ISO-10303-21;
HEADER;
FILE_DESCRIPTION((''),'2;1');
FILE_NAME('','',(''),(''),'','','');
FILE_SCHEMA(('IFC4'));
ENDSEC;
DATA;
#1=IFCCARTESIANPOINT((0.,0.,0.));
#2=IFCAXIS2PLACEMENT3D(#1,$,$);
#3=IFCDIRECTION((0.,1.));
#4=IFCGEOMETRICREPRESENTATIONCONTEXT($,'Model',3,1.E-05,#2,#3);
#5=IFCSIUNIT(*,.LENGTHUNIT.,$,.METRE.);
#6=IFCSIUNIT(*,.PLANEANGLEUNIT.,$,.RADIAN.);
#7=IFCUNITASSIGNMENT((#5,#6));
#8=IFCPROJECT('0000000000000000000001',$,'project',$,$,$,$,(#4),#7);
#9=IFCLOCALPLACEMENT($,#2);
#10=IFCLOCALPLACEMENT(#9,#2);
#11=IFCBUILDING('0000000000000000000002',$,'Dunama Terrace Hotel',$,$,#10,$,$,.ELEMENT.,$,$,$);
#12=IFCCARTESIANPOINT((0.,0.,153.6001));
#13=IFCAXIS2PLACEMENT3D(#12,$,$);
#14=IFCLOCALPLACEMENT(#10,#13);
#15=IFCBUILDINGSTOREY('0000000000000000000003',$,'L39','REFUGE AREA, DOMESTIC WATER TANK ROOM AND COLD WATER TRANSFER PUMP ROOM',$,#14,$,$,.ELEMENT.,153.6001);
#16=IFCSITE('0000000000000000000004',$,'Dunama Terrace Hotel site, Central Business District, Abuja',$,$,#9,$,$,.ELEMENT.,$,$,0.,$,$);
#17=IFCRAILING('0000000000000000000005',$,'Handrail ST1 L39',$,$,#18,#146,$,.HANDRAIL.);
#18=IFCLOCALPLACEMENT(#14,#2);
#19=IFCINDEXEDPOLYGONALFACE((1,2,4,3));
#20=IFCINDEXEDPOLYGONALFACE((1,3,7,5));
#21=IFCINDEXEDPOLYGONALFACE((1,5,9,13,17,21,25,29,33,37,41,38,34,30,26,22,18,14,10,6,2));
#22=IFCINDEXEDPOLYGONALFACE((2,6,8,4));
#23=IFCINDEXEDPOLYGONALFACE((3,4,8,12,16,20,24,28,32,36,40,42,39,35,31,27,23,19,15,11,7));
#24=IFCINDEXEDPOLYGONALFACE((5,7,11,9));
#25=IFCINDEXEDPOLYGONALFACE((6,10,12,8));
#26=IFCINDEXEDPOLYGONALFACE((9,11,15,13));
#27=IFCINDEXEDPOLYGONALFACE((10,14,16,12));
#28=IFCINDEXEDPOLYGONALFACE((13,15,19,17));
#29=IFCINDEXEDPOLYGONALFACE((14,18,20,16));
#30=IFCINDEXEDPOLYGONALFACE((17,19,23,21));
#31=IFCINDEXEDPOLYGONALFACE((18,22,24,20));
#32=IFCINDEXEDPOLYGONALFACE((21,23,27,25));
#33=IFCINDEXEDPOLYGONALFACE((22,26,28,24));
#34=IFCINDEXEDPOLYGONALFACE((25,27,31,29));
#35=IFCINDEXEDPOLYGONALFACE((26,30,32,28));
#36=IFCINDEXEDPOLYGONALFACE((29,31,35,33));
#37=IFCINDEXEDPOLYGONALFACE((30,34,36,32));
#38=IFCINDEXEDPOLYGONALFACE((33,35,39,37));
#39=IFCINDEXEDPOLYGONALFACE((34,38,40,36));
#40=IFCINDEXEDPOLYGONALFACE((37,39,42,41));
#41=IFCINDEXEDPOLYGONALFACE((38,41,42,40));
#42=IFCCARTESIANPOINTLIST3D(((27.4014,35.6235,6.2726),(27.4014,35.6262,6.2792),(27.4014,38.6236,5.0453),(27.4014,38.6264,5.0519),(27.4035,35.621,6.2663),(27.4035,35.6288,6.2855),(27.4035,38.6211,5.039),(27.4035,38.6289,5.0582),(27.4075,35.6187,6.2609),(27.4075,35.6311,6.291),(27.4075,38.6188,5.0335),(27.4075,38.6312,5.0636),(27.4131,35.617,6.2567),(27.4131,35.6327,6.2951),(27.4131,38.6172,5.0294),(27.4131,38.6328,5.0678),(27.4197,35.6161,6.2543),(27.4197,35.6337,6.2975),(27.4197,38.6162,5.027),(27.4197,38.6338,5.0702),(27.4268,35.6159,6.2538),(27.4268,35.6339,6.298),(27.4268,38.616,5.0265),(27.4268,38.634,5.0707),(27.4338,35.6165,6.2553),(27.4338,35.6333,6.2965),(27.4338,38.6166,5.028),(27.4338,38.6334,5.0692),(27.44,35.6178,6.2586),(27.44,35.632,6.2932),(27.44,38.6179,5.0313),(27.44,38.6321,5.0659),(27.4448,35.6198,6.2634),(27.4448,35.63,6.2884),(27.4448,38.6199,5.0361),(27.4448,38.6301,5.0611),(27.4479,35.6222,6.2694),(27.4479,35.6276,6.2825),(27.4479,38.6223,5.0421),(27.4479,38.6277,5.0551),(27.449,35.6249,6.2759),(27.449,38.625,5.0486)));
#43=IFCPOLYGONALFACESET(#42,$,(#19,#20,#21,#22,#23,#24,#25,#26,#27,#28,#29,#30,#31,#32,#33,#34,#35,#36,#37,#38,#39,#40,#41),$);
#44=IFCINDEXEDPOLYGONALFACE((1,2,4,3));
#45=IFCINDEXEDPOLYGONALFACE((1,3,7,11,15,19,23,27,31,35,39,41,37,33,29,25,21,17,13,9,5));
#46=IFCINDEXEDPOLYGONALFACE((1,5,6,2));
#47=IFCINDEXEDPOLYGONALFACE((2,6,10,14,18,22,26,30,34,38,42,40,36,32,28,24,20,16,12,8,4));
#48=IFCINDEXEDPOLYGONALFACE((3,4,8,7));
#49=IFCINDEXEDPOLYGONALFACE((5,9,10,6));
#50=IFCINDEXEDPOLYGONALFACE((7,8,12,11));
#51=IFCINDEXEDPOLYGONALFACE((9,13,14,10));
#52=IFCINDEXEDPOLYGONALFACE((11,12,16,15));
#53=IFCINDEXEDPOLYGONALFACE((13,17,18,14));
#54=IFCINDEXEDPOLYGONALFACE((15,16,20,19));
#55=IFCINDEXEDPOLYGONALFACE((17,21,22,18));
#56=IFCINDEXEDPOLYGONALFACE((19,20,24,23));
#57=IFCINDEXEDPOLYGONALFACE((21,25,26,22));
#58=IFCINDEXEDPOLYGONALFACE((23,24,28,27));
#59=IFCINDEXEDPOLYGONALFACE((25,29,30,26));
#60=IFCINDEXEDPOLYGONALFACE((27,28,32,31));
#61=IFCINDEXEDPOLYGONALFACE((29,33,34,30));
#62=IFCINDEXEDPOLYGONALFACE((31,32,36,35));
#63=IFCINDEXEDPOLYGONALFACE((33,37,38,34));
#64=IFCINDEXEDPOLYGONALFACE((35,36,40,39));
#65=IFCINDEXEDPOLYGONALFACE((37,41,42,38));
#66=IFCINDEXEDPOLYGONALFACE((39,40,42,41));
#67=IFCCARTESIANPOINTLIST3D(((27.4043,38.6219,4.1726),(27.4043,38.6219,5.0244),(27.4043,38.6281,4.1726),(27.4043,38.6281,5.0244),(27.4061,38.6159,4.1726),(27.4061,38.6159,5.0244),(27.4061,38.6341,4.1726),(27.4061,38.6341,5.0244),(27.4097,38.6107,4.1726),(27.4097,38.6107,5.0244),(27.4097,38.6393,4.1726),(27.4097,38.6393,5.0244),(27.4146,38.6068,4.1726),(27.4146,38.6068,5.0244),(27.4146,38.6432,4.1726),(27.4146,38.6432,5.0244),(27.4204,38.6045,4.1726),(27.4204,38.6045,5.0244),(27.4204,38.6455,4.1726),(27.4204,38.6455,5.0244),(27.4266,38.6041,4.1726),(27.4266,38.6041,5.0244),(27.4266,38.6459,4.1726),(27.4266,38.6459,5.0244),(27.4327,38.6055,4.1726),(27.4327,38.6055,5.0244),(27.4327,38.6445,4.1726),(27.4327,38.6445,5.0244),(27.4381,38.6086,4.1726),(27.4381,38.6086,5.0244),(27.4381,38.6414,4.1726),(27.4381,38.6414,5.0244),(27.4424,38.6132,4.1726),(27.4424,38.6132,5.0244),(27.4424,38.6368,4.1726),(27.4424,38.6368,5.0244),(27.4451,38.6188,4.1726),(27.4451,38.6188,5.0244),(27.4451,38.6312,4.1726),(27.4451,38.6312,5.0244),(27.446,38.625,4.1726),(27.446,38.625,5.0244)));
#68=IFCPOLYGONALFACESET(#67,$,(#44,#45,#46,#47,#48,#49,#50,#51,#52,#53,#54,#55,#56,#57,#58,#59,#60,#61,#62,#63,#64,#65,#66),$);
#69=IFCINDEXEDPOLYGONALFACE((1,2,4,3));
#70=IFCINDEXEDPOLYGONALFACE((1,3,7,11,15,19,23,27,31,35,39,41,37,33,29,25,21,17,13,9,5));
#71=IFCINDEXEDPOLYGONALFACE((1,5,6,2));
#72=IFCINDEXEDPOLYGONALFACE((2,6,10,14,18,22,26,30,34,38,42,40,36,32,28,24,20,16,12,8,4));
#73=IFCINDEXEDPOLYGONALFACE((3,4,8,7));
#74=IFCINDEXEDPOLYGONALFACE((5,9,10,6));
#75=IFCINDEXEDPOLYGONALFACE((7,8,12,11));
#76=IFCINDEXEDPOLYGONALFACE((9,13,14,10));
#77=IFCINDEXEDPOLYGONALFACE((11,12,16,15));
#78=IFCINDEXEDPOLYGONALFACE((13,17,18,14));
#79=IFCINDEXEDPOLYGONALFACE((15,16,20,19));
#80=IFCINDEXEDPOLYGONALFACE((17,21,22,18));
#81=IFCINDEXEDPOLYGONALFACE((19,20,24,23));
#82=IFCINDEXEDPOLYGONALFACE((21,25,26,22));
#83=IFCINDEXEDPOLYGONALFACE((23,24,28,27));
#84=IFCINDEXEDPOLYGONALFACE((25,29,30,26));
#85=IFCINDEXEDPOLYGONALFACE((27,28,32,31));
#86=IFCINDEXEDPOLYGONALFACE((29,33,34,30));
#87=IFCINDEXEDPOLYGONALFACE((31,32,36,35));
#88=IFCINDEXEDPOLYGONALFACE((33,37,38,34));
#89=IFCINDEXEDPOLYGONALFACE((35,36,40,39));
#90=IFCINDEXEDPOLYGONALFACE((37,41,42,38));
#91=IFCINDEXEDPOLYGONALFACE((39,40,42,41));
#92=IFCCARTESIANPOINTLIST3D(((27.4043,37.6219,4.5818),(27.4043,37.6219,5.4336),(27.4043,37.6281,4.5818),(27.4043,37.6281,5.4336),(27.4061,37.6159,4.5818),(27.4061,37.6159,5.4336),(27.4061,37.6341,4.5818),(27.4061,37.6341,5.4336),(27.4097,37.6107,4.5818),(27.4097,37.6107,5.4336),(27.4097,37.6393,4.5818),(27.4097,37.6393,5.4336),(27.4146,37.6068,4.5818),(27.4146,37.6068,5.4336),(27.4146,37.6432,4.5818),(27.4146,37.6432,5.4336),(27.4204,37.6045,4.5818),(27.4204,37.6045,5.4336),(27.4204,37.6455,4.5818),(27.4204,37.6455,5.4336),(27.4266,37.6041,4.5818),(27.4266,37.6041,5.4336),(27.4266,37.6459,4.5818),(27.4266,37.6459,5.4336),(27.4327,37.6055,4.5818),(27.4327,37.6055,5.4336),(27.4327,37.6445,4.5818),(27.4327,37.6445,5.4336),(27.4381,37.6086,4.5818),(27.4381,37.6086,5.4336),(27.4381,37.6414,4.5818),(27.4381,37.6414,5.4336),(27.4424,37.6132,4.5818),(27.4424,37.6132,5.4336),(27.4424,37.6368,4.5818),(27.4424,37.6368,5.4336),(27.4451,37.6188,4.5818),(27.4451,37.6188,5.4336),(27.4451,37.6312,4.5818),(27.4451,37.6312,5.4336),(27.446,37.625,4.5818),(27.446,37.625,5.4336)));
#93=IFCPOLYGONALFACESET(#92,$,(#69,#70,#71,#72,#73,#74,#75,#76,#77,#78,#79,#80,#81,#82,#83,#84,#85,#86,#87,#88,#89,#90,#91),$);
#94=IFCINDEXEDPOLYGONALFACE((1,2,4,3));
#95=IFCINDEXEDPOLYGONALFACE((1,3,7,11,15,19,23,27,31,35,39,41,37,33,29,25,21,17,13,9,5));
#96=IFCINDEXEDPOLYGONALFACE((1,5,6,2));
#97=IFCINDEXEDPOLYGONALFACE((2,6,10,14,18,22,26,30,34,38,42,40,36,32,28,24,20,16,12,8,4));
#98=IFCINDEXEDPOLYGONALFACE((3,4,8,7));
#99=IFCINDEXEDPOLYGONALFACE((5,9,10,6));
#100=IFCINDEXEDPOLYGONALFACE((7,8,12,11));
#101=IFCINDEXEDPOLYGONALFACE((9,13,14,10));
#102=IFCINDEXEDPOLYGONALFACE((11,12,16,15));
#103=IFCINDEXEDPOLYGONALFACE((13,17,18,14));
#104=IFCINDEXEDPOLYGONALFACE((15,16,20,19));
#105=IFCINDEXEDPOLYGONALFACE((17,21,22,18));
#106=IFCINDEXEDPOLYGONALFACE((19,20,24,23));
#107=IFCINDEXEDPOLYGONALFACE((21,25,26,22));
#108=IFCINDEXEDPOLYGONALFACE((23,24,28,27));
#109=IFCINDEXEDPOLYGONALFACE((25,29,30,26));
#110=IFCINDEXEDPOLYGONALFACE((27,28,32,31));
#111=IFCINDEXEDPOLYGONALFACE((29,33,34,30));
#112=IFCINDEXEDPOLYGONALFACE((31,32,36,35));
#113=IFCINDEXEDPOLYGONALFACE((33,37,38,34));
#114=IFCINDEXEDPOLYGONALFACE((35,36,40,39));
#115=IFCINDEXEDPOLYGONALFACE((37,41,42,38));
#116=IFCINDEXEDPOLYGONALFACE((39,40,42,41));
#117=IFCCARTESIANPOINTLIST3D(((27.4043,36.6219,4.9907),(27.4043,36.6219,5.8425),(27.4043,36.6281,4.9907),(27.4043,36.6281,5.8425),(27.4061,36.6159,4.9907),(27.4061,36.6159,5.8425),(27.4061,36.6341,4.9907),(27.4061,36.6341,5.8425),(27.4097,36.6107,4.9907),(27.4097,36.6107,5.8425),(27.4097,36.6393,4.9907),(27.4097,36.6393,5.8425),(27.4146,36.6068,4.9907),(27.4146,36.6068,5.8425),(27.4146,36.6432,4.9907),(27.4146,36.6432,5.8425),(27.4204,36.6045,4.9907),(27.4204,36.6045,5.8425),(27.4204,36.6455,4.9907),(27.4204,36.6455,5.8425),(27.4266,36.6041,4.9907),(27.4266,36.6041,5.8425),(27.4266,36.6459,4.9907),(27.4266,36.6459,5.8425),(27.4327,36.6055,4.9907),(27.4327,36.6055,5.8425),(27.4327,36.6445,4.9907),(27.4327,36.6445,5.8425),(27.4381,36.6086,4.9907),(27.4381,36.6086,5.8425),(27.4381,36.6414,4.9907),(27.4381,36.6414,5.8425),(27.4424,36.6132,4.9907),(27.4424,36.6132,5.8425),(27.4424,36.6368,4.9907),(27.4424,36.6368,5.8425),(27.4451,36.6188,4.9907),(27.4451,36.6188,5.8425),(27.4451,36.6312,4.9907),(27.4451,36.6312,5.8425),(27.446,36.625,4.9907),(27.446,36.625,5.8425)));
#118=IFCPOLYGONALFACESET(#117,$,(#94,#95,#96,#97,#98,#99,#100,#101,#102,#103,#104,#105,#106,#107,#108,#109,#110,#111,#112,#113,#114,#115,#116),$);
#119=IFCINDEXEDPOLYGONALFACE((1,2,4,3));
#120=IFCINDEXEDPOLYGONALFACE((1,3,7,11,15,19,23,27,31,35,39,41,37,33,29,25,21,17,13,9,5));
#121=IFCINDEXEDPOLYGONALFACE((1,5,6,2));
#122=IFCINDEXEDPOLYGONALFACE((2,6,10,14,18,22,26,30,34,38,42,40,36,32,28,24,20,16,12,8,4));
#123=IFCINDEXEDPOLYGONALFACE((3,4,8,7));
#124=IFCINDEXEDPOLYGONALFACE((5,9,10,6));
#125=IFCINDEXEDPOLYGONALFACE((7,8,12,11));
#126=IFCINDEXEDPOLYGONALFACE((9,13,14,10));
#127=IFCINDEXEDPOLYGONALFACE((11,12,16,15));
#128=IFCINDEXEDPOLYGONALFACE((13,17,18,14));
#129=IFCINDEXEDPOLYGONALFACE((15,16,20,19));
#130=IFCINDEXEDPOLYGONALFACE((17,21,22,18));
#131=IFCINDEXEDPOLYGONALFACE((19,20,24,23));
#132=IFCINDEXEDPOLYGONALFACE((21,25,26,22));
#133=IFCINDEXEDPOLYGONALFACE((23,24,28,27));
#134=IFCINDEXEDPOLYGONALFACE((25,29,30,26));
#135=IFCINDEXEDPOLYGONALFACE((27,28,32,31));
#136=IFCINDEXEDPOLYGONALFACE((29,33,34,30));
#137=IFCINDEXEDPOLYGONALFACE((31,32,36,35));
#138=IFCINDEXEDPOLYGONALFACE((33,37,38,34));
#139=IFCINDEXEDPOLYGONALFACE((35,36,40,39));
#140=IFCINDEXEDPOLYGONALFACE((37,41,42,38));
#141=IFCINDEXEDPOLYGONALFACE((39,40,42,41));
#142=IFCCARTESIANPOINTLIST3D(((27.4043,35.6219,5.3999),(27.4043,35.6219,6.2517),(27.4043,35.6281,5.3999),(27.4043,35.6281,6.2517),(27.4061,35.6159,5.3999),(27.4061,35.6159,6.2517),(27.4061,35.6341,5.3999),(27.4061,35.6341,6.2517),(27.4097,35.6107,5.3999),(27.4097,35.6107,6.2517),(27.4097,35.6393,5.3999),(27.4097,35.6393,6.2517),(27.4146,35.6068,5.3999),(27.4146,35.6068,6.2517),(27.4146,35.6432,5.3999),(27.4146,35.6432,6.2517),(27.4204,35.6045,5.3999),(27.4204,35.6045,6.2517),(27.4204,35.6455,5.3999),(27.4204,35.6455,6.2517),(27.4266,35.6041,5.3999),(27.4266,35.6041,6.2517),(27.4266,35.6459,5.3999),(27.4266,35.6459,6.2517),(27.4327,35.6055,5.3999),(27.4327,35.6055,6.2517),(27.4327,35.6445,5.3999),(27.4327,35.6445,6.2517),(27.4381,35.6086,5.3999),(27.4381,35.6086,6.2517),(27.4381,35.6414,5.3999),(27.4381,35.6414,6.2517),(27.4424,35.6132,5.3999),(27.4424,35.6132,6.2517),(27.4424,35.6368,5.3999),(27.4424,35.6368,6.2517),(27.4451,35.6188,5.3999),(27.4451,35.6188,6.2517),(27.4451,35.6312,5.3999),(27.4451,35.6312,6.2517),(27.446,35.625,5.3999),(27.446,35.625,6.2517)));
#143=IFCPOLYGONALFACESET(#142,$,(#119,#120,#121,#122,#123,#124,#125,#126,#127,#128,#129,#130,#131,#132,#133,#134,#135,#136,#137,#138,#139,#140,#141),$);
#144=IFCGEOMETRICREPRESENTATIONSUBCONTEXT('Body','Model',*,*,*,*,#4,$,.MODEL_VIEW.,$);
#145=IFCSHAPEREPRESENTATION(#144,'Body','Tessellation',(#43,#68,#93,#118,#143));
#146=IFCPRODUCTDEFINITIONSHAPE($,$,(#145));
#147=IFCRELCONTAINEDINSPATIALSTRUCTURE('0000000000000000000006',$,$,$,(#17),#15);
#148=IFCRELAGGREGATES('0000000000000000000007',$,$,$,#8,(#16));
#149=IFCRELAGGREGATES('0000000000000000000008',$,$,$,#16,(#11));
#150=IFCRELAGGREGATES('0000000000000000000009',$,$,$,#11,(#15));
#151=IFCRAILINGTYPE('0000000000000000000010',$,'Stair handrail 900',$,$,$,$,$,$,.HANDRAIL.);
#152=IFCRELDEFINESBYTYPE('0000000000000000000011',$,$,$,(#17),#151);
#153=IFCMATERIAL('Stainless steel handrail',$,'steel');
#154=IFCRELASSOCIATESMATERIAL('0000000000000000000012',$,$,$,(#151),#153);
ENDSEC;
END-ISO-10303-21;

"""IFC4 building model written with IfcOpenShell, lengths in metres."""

from ifc_helpers import new_model, si_unit, direction, frame, origin, origin_2d, place, context, subcontext, project, spatial, circle, extrude, material, type_object, element, save


model = new_model("IFC4")

# Units and contexts
model_context = context("Model", 3, precision=1e-05, world=origin(), true_north=direction((0.0, 1.0)))
body_context = subcontext(model_context, "Body", "Model", "MODEL_VIEW")
ifc_project = project(units=[si_unit("LENGTHUNIT", "METRE"), si_unit("PLANEANGLEUNIT", "RADIAN")], contexts=[model_context])

# Site, building, storey
site_placement = place(None, origin())
site = spatial("IfcSite", under=ifc_project, at=site_placement, Name="Dunama Terrace Hotel site, Central Business District, Abuja", CompositionType="ELEMENT", RefElevation=0.0)
building_placement = place(site_placement, origin())
building = spatial("IfcBuilding", under=site, at=building_placement, Name="Dunama Terrace Hotel", CompositionType="ELEMENT")
storey_placement = place(building_placement, frame((0.0, 0.0, 153.6001)))
storey = spatial("IfcBuildingStorey", under=building, at=storey_placement, Name="L39", Description="REFUGE AREA, DOMESTIC WATER TANK ROOM AND COLD WATER TRANSFER PUMP ROOM", CompositionType="ELEMENT", Elevation=153.6001)

# Railing
ifc_material_1 = material(Name="Stainless steel handrail", Category="steel")
railing_type = type_object("IfcRailingType", Name="Stair handrail 900", PredefinedType="HANDRAIL", material=ifc_material_1)
railing_1_placement = place(storey_placement, frame((27.425, 38.625, 4.1726)))
element("IfcRailing", 1, at=railing_1_placement, inside=storey, type_object=railing_type, Name="Handrail ST1 L39", PredefinedType="HANDRAIL", context=body_context, shape_type="SweptSolid", body=[
    extrude(circle(Radius=0.0239, at=origin_2d()), frame((0.0, 0.0, 0.876), z_axis=(0.0, -0.925545, 0.378639), x_axis=(1.0, 0.0, 0.0)), (0.0, 0.0, 1.0), 3.2415),
    extrude(circle(Radius=0.021, at=origin_2d()), origin(), (0.0, 0.0, 1.0), 0.8518),
    extrude(circle(Radius=0.021, at=origin_2d()), frame((0.0, -1.0, 0.4092)), (0.0, 0.0, 1.0), 0.8518),
    extrude(circle(Radius=0.021, at=origin_2d()), frame((0.0, -2.0, 0.8181)), (0.0, 0.0, 1.0), 0.8518),
    extrude(circle(Radius=0.021, at=origin_2d()), frame((0.0, -3.0, 1.2273)), (0.0, 0.0, 1.0), 0.8518),
])

save(model, "model.ifc")
